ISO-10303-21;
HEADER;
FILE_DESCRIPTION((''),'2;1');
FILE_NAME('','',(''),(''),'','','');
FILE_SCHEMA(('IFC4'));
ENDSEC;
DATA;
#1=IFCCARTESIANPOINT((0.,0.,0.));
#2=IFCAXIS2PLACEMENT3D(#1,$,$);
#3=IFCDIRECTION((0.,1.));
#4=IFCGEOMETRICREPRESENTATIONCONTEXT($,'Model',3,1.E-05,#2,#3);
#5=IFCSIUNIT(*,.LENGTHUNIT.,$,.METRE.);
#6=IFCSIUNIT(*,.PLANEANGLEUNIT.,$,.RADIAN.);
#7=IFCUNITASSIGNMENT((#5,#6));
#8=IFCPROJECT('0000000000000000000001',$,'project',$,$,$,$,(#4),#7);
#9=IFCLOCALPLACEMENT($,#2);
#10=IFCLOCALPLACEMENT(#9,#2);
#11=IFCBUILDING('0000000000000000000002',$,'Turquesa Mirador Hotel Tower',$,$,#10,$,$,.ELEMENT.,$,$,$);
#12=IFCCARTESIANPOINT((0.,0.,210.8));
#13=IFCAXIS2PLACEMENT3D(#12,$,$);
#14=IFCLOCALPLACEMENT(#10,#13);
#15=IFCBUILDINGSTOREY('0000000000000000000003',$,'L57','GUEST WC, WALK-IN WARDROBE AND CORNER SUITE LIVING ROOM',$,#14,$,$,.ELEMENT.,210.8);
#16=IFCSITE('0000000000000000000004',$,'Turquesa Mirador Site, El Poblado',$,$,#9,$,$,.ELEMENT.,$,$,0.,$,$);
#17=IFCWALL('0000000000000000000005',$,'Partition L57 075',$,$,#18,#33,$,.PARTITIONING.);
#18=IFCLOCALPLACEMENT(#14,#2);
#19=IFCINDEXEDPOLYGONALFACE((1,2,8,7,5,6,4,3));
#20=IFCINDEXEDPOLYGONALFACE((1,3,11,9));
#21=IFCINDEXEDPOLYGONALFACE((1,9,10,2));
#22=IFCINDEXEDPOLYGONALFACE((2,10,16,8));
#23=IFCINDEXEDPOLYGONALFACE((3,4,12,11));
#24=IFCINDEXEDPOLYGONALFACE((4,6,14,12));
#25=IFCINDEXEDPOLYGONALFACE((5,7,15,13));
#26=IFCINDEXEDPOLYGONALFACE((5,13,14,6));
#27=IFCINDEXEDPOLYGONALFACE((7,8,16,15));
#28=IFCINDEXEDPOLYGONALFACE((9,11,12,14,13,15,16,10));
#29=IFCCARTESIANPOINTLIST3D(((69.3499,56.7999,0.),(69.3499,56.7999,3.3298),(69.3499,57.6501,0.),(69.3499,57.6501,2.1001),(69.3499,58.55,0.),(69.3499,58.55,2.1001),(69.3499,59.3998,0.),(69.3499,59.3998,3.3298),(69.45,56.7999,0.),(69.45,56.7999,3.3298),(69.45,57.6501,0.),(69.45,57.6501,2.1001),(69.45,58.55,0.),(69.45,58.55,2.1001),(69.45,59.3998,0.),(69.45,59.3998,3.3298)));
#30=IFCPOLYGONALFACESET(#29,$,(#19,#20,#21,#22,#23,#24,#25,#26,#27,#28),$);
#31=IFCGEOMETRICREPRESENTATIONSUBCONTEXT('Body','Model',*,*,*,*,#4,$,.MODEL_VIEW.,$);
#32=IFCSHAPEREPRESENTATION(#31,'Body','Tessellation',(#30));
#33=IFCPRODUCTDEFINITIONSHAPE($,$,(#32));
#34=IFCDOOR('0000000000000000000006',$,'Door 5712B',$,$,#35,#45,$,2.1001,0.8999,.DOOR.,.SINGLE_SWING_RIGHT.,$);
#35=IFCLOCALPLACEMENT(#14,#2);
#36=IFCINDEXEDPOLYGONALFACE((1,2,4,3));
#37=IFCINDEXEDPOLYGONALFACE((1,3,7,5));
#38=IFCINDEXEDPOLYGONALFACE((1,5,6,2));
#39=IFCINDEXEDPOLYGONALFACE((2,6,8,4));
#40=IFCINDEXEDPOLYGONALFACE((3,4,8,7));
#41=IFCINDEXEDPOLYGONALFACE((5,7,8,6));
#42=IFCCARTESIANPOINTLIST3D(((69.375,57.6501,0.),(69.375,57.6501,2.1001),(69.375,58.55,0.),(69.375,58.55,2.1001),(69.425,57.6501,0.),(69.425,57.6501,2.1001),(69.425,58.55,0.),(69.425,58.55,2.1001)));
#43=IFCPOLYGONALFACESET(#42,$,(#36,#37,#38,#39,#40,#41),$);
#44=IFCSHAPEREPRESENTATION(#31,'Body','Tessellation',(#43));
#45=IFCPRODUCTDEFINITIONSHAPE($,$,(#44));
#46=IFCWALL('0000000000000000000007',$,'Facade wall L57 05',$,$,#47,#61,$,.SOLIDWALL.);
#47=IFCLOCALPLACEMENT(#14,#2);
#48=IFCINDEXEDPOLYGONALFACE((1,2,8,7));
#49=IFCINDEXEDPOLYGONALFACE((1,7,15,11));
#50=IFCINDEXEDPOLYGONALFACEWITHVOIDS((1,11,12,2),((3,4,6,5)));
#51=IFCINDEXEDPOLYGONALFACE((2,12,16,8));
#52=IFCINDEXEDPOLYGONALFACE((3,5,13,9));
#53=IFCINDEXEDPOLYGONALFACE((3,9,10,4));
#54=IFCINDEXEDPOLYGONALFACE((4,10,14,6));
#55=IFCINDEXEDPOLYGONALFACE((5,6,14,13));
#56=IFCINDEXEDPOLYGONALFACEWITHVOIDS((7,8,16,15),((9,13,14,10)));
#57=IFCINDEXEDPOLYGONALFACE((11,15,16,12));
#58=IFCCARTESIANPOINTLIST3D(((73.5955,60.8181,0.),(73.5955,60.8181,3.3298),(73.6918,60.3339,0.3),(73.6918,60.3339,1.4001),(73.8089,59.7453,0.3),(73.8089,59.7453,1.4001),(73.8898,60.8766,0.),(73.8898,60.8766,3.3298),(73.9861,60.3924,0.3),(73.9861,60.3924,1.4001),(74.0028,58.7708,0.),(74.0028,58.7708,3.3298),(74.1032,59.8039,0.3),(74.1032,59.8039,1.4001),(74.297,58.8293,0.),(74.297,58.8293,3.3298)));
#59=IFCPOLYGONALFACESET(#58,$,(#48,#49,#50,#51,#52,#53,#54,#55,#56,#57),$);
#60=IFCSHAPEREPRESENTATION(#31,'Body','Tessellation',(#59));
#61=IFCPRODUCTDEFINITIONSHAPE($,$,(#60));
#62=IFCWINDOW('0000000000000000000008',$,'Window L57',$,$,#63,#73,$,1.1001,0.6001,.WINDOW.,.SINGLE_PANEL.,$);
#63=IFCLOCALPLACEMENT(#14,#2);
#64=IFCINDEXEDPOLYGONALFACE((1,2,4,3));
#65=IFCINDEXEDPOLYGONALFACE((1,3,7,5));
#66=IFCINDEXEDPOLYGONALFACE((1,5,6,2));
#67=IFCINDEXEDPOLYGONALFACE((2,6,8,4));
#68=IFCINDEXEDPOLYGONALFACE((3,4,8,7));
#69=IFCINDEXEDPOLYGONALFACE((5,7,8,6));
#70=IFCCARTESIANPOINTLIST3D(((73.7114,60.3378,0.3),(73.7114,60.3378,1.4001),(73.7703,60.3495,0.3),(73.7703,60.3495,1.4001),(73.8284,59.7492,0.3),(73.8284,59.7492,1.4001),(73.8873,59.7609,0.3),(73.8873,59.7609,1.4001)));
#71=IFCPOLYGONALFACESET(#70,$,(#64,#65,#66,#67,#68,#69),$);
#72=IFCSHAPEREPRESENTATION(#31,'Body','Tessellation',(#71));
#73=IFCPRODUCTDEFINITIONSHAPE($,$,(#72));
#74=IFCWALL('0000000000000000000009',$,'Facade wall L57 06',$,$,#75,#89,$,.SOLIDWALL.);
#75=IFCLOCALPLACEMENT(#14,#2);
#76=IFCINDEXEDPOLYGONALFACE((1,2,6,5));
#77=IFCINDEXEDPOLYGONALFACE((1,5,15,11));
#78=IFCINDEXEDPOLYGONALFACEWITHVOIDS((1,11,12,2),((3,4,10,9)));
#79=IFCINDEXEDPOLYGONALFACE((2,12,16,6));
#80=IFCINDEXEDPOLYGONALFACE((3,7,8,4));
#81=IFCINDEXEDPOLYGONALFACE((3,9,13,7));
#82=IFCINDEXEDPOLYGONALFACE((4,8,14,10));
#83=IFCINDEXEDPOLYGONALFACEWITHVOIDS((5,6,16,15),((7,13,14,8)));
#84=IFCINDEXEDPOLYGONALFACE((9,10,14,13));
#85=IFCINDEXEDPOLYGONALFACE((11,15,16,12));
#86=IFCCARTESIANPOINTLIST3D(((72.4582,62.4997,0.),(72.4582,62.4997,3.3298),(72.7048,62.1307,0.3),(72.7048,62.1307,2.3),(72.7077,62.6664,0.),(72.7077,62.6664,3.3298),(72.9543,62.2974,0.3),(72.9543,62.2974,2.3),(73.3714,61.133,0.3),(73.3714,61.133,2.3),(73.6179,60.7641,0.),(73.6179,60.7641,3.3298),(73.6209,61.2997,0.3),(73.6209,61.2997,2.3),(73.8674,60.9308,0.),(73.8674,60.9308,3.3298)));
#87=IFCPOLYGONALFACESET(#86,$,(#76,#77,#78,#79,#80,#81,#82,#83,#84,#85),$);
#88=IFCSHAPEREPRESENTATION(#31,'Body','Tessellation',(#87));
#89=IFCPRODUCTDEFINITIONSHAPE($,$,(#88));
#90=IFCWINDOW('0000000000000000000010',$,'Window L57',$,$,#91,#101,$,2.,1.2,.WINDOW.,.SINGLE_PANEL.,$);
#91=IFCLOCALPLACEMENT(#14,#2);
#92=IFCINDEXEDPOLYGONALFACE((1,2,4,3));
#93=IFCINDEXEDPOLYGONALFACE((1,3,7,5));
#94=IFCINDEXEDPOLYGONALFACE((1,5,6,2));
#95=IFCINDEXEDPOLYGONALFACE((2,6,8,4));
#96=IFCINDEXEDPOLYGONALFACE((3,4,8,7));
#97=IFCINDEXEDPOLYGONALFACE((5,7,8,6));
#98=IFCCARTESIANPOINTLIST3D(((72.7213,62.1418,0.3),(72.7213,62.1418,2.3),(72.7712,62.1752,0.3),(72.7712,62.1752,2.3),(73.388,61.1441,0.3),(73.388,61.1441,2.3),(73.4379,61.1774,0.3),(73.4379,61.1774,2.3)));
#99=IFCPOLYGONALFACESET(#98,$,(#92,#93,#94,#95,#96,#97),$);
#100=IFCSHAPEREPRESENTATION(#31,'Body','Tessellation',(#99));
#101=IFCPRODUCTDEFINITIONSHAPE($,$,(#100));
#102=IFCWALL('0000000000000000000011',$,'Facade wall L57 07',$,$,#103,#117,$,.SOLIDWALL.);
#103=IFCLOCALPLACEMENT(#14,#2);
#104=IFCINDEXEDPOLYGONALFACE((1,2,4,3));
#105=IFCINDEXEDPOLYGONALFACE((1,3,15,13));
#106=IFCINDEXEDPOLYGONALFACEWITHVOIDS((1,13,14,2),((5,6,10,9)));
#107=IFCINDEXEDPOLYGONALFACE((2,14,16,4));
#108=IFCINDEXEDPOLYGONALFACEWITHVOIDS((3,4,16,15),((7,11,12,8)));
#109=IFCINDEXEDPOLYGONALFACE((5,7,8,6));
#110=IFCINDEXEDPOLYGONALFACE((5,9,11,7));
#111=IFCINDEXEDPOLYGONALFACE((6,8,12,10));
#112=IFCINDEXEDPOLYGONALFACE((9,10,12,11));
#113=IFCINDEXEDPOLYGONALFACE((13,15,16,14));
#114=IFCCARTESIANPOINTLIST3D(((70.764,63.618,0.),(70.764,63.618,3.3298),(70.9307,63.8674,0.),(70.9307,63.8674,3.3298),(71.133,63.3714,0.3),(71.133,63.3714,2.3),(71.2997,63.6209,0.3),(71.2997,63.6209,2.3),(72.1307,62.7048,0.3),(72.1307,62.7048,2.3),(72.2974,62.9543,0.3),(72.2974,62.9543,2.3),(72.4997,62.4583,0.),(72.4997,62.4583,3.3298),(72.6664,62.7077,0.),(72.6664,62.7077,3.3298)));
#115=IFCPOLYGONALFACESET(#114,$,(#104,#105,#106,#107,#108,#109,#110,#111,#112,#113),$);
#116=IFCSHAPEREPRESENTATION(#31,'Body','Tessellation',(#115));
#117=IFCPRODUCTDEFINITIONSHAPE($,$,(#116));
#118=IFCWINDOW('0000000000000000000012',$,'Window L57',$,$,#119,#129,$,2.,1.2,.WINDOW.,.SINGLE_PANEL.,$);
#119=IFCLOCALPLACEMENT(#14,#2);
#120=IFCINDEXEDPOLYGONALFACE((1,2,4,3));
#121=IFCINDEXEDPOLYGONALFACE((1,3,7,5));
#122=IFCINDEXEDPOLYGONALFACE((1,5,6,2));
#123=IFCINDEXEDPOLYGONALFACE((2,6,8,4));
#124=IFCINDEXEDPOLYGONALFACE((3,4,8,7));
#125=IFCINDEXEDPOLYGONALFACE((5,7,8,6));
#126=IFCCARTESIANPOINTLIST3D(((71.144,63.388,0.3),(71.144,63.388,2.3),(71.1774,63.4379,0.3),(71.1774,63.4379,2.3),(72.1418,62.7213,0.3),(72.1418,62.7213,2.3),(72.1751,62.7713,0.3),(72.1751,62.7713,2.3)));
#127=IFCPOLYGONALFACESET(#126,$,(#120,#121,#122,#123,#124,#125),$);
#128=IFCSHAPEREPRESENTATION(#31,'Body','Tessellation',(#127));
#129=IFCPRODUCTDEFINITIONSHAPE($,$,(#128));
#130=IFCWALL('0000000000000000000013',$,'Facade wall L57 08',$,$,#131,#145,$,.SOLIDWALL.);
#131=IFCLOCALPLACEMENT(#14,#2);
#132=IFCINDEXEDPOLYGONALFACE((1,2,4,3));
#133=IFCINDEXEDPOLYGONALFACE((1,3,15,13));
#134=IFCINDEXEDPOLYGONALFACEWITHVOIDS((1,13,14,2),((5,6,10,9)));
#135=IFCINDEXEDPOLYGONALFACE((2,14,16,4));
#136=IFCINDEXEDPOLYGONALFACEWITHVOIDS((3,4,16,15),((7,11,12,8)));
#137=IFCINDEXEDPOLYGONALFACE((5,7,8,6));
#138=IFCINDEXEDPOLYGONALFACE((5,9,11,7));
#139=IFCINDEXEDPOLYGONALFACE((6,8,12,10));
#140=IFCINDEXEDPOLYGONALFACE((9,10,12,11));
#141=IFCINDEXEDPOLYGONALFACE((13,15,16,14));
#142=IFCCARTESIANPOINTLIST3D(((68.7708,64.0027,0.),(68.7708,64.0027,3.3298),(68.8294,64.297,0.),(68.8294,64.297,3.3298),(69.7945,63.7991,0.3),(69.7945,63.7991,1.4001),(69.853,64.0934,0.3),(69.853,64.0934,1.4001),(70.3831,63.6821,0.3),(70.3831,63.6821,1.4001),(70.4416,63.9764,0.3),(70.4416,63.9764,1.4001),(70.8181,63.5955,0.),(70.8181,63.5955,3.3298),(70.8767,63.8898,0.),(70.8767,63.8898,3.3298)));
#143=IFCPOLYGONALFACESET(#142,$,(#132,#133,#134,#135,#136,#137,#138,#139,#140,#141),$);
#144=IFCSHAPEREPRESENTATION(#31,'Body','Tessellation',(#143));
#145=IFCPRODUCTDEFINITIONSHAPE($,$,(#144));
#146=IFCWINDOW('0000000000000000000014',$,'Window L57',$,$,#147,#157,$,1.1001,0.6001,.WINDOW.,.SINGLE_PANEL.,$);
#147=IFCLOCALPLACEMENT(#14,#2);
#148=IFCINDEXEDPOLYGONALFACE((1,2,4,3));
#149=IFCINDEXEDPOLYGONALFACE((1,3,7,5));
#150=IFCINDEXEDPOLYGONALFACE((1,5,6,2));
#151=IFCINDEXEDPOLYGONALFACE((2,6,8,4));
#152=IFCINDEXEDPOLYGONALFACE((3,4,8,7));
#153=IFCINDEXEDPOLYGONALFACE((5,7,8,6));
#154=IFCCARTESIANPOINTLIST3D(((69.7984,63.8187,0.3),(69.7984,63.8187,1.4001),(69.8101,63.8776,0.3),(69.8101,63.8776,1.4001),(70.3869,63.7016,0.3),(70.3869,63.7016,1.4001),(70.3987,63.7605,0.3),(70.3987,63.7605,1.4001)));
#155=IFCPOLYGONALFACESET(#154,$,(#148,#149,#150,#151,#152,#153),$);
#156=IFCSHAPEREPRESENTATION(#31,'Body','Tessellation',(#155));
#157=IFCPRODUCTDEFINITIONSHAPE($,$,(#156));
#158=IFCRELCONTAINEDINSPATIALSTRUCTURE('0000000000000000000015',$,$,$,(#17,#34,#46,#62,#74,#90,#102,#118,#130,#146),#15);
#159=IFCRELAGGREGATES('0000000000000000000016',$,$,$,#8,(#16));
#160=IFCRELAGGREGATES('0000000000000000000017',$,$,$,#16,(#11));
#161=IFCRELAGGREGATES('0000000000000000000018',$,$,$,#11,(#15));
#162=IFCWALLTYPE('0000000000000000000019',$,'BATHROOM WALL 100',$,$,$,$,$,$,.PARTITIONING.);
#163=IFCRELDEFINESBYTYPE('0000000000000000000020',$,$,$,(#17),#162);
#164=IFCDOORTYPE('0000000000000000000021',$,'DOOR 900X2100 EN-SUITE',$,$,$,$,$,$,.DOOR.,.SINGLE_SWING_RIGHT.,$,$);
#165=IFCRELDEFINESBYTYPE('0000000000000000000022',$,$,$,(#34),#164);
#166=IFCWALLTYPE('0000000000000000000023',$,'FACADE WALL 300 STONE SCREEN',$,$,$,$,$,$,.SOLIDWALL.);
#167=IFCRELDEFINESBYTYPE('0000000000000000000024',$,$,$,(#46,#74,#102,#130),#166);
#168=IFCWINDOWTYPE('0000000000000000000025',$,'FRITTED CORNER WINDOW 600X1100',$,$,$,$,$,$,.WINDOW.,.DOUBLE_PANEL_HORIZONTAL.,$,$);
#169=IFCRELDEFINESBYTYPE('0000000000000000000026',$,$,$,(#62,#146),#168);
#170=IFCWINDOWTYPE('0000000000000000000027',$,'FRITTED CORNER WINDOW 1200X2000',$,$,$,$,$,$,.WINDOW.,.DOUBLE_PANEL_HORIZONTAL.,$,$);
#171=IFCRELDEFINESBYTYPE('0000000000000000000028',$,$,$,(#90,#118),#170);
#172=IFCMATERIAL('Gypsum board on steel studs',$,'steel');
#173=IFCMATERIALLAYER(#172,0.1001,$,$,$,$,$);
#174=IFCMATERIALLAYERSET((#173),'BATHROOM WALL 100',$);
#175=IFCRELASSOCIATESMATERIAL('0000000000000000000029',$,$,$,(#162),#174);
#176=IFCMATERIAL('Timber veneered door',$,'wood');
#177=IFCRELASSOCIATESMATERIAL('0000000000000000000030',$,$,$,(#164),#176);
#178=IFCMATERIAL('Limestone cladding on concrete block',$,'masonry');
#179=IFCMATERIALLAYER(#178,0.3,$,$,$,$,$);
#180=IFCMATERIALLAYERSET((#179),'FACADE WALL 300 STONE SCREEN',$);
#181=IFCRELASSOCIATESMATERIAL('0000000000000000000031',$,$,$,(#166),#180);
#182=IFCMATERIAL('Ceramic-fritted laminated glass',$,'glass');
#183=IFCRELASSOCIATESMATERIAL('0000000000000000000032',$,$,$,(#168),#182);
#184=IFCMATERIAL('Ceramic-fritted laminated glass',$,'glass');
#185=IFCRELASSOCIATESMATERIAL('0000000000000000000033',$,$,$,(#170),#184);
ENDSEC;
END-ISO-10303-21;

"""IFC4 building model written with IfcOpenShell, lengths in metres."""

from ifc_helpers import new_model, si_unit, direction, frame, frame_2d, origin, place, context, subcontext, project, spatial, rectangle, extrude, material, layer, layer_set, type_object, element, fill, save


model = new_model("IFC4")

# Units and contexts
model_context = context("Model", 3, precision=1e-05, world=origin(), true_north=direction((0.0, 1.0)))
body_context = subcontext(model_context, "Body", "Model", "MODEL_VIEW")
ifc_project = project(units=[si_unit("LENGTHUNIT", "METRE"), si_unit("PLANEANGLEUNIT", "RADIAN")], contexts=[model_context])

# Site, building, storey
site_placement = place(None, origin())
site = spatial("IfcSite", under=ifc_project, at=site_placement, Name="Turquesa Mirador Site, El Poblado", CompositionType="ELEMENT", RefElevation=0.0)
building_placement = place(site_placement, origin())
building = spatial("IfcBuilding", under=site, at=building_placement, Name="Turquesa Mirador Hotel Tower", CompositionType="ELEMENT")
storey_placement = place(building_placement, frame((0.0, 0.0, 210.8)))
storey = spatial("IfcBuildingStorey", under=building, at=storey_placement, Name="L57", Description="GUEST WC, WALK-IN WARDROBE AND CORNER SUITE LIVING ROOM", CompositionType="ELEMENT", Elevation=210.8)

# Shared definitions
ifc_material_1 = material(Name="Gypsum board on steel studs", Category="steel")
ifc_layer_1 = layer(ifc_material_1, 0.1001)
ifc_layer_set_1 = layer_set([ifc_layer_1], Name="BATHROOM WALL 100")
wall_type_1 = type_object("IfcWallType", Name="BATHROOM WALL 100", PredefinedType="PARTITIONING", material=ifc_layer_set_1)

# Wall, opening, door
wall_1_placement = place(storey_placement, frame((69.3999, 56.8, 0.0), z_axis=(0.0, 0.0, 1.0), x_axis=(0.0, 1.0, 0.0)))
wall_1 = element("IfcWall", 1, at=wall_1_placement, inside=storey, type_object=wall_type_1, Name="Partition L57 075", PredefinedType="PARTITIONING", context=body_context, shape_type="SweptSolid", body=[
    extrude(rectangle(XDim=2.5999, YDim=0.1001, at=frame_2d((1.2998, 0.0))), origin(), (0.0, 0.0, 1.0), 3.3298),
])
opening_1_placement = place(wall_1_placement, frame((0.8501, 0.0, 0.0)))
opening_1 = element("IfcOpeningElement", 2, at=opening_1_placement, cuts=wall_1, PredefinedType="OPENING", context=body_context, shape_type="SweptSolid", body=[
    extrude(rectangle(XDim=0.8999, YDim=2.1001, at=frame_2d((0.45, 1.05))), frame((0.0, 0.0601, 0.0), z_axis=(0.0, -1.0, 0.0), x_axis=(1.0, 0.0, 0.0)), (0.0, 0.0, 1.0), 0.1201),
])
ifc_material_2 = material(Name="Timber veneered door", Category="wood")
door_type = type_object("IfcDoorType", Name="DOOR 900X2100 EN-SUITE", OperationType="SINGLE_SWING_RIGHT", PredefinedType="DOOR", material=ifc_material_2)
door_placement = place(opening_1_placement, origin())
door = element("IfcDoor", 3, at=door_placement, inside=storey, type_object=door_type, Name="Door 5712B", OperationType="SINGLE_SWING_RIGHT", OverallHeight=2.1001, OverallWidth=0.8999, PredefinedType="DOOR", context=body_context, shape_type="SweptSolid", body=[
    extrude(rectangle(XDim=0.8999, YDim=2.1001, at=frame_2d((0.45, 1.05))), frame((0.0, 0.0249, 0.0), z_axis=(0.0, -1.0, 0.0), x_axis=(1.0, 0.0, 0.0)), (0.0, 0.0, 1.0), 0.05),
])
fill(opening_1, door)

# Walls, openings, windows
ifc_material_3 = material(Name="Limestone cladding on concrete block", Category="masonry")
ifc_layer_2 = layer(ifc_material_3, 0.3)
ifc_layer_set_2 = layer_set([ifc_layer_2], Name="FACADE WALL 300 STONE SCREEN")
wall_type_2 = type_object("IfcWallType", Name="FACADE WALL 300 STONE SCREEN", PredefinedType="SOLIDWALL", material=ifc_layer_set_2)
wall_2_placement = place(storey_placement, frame((74.1499, 58.8, 0.0), z_axis=(0.0, 0.0, 1.0), x_axis=(-0.195081, 0.980787, 0.0)))
wall_2 = element("IfcWall", 4, at=wall_2_placement, inside=storey, type_object=wall_type_2, Name="Facade wall L57 05", PredefinedType="SOLIDWALL", context=body_context, shape_type="SweptSolid", body=[
    extrude(rectangle(XDim=2.0874, YDim=0.3, at=frame_2d((1.0437, 0.0))), origin(), (0.0, 0.0, 1.0), 3.3298),
])
opening_2_placement = place(wall_2_placement, frame((0.9937, 0.0, 0.3)))
opening_2 = element("IfcOpeningElement", 5, at=opening_2_placement, cuts=wall_2, PredefinedType="OPENING", context=body_context, shape_type="SweptSolid", body=[
    extrude(rectangle(XDim=0.6001, YDim=1.1001, at=frame_2d((0.3, 0.55))), frame((0.0, 0.1599, 0.0), z_axis=(0.0, -1.0, 0.0), x_axis=(1.0, 0.0, 0.0)), (0.0, 0.0, 1.0), 0.3201),
])
ifc_material_4 = material(Name="Ceramic-fritted laminated glass", Category="glass")
window_type_1 = type_object("IfcWindowType", Name="FRITTED CORNER WINDOW 600X1100", PartitioningType="DOUBLE_PANEL_HORIZONTAL", PredefinedType="WINDOW", material=ifc_material_4)
window_1_placement = place(opening_2_placement, origin())
window_1 = element("IfcWindow", 6, at=window_1_placement, inside=storey, type_object=window_type_1, Name="Window L57", OverallHeight=1.1001, OverallWidth=0.6001, PartitioningType="SINGLE_PANEL", PredefinedType="WINDOW", context=body_context, shape_type="SweptSolid", body=[
    extrude(rectangle(XDim=0.6001, YDim=1.1001, at=frame_2d((0.3, 0.55))), frame((0.0, 0.1301, 0.0), z_axis=(0.0, -1.0, 0.0), x_axis=(1.0, 0.0, 0.0)), (0.0, 0.0, 1.0), 0.0601),
])
fill(opening_2, window_1)
wall_3_placement = place(storey_placement, frame((73.7427, 60.8474, 0.0), z_axis=(0.0, 0.0, 1.0), x_axis=(-0.555564, 0.831474, 0.0)))
wall_3 = element("IfcWall", 7, at=wall_3_placement, inside=storey, type_object=wall_type_2, Name="Facade wall L57 06", PredefinedType="SOLIDWALL", context=body_context, shape_type="SweptSolid", body=[
    extrude(rectangle(XDim=2.0874, YDim=0.3, at=frame_2d((1.0437, 0.0))), origin(), (0.0, 0.0, 1.0), 3.3298),
])
opening_3_placement = place(wall_3_placement, frame((0.4436, 0.0, 0.3)))
opening_3 = element("IfcOpeningElement", 8, at=opening_3_placement, cuts=wall_3, PredefinedType="OPENING", context=body_context, shape_type="SweptSolid", body=[
    extrude(rectangle(XDim=1.2, YDim=2.0, at=frame_2d((0.6001, 1.0))), frame((0.0, 0.1599, 0.0), z_axis=(0.0, -1.0, 0.0), x_axis=(1.0, 0.0, 0.0)), (0.0, 0.0, 1.0), 0.3201),
])
ifc_material_5 = material(Name="Ceramic-fritted laminated glass", Category="glass")
window_type_2 = type_object("IfcWindowType", Name="FRITTED CORNER WINDOW 1200X2000", PartitioningType="DOUBLE_PANEL_HORIZONTAL", PredefinedType="WINDOW", material=ifc_material_5)
window_2_placement = place(opening_3_placement, origin())
window_2 = element("IfcWindow", 9, at=window_2_placement, inside=storey, type_object=window_type_2, Name="Window L57", OverallHeight=2.0, OverallWidth=1.2, PartitioningType="SINGLE_PANEL", PredefinedType="WINDOW", context=body_context, shape_type="SweptSolid", body=[
    extrude(rectangle(XDim=1.2, YDim=2.0, at=frame_2d((0.6001, 1.0))), frame((0.0, 0.1301, 0.0), z_axis=(0.0, -1.0, 0.0), x_axis=(1.0, 0.0, 0.0)), (0.0, 0.0, 1.0), 0.0601),
])
fill(opening_3, window_2)
wall_4_placement = place(storey_placement, frame((72.583, 62.583, 0.0), z_axis=(0.0, 0.0, 1.0), x_axis=(-0.831474, 0.555564, 0.0)))
wall_4 = element("IfcWall", 10, at=wall_4_placement, inside=storey, type_object=wall_type_2, Name="Facade wall L57 07", PredefinedType="SOLIDWALL", context=body_context, shape_type="SweptSolid", body=[
    extrude(rectangle(XDim=2.0874, YDim=0.3, at=frame_2d((1.0437, 0.0))), origin(), (0.0, 0.0, 1.0), 3.3298),
])
opening_4_placement = place(wall_4_placement, frame((0.4436, 0.0, 0.3)))
opening_4 = element("IfcOpeningElement", 11, at=opening_4_placement, cuts=wall_4, PredefinedType="OPENING", context=body_context, shape_type="SweptSolid", body=[
    extrude(rectangle(XDim=1.2, YDim=2.0, at=frame_2d((0.6001, 1.0))), frame((0.0, 0.1599, 0.0), z_axis=(0.0, -1.0, 0.0), x_axis=(1.0, 0.0, 0.0)), (0.0, 0.0, 1.0), 0.3201),
])
window_3_placement = place(opening_4_placement, origin())
window_3 = element("IfcWindow", 12, at=window_3_placement, inside=storey, type_object=window_type_2, Name="Window L57", OverallHeight=2.0, OverallWidth=1.2, PartitioningType="SINGLE_PANEL", PredefinedType="WINDOW", context=body_context, shape_type="SweptSolid", body=[
    extrude(rectangle(XDim=1.2, YDim=2.0, at=frame_2d((0.6001, 1.0))), frame((0.0, 0.1301, 0.0), z_axis=(0.0, -1.0, 0.0), x_axis=(1.0, 0.0, 0.0)), (0.0, 0.0, 1.0), 0.0601),
])
fill(opening_4, window_3)
wall_5_placement = place(storey_placement, frame((70.8474, 63.7427, 0.0), z_axis=(0.0, 0.0, 1.0), x_axis=(-0.980787, 0.195081, 0.0)))
wall_5 = element("IfcWall", 13, at=wall_5_placement, inside=storey, type_object=wall_type_2, Name="Facade wall L57 08", PredefinedType="SOLIDWALL", context=body_context, shape_type="SweptSolid", body=[
    extrude(rectangle(XDim=2.0874, YDim=0.3, at=frame_2d((1.0437, 0.0))), origin(), (0.0, 0.0, 1.0), 3.3298),
])
opening_5_placement = place(wall_5_placement, frame((0.4436, 0.0, 0.3)))
opening_5 = element("IfcOpeningElement", 14, at=opening_5_placement, cuts=wall_5, PredefinedType="OPENING", context=body_context, shape_type="SweptSolid", body=[
    extrude(rectangle(XDim=0.6001, YDim=1.1001, at=frame_2d((0.3, 0.55))), frame((0.0, 0.1599, 0.0), z_axis=(0.0, -1.0, 0.0), x_axis=(1.0, 0.0, 0.0)), (0.0, 0.0, 1.0), 0.3201),
])
window_4_placement = place(opening_5_placement, origin())
window_4 = element("IfcWindow", 15, at=window_4_placement, inside=storey, type_object=window_type_1, Name="Window L57", OverallHeight=1.1001, OverallWidth=0.6001, PartitioningType="SINGLE_PANEL", PredefinedType="WINDOW", context=body_context, shape_type="SweptSolid", body=[
    extrude(rectangle(XDim=0.6001, YDim=1.1001, at=frame_2d((0.3, 0.55))), frame((0.0, 0.1301, 0.0), z_axis=(0.0, -1.0, 0.0), x_axis=(1.0, 0.0, 0.0)), (0.0, 0.0, 1.0), 0.0601),
])
fill(opening_5, window_4)

save(model, "model.ifc")
